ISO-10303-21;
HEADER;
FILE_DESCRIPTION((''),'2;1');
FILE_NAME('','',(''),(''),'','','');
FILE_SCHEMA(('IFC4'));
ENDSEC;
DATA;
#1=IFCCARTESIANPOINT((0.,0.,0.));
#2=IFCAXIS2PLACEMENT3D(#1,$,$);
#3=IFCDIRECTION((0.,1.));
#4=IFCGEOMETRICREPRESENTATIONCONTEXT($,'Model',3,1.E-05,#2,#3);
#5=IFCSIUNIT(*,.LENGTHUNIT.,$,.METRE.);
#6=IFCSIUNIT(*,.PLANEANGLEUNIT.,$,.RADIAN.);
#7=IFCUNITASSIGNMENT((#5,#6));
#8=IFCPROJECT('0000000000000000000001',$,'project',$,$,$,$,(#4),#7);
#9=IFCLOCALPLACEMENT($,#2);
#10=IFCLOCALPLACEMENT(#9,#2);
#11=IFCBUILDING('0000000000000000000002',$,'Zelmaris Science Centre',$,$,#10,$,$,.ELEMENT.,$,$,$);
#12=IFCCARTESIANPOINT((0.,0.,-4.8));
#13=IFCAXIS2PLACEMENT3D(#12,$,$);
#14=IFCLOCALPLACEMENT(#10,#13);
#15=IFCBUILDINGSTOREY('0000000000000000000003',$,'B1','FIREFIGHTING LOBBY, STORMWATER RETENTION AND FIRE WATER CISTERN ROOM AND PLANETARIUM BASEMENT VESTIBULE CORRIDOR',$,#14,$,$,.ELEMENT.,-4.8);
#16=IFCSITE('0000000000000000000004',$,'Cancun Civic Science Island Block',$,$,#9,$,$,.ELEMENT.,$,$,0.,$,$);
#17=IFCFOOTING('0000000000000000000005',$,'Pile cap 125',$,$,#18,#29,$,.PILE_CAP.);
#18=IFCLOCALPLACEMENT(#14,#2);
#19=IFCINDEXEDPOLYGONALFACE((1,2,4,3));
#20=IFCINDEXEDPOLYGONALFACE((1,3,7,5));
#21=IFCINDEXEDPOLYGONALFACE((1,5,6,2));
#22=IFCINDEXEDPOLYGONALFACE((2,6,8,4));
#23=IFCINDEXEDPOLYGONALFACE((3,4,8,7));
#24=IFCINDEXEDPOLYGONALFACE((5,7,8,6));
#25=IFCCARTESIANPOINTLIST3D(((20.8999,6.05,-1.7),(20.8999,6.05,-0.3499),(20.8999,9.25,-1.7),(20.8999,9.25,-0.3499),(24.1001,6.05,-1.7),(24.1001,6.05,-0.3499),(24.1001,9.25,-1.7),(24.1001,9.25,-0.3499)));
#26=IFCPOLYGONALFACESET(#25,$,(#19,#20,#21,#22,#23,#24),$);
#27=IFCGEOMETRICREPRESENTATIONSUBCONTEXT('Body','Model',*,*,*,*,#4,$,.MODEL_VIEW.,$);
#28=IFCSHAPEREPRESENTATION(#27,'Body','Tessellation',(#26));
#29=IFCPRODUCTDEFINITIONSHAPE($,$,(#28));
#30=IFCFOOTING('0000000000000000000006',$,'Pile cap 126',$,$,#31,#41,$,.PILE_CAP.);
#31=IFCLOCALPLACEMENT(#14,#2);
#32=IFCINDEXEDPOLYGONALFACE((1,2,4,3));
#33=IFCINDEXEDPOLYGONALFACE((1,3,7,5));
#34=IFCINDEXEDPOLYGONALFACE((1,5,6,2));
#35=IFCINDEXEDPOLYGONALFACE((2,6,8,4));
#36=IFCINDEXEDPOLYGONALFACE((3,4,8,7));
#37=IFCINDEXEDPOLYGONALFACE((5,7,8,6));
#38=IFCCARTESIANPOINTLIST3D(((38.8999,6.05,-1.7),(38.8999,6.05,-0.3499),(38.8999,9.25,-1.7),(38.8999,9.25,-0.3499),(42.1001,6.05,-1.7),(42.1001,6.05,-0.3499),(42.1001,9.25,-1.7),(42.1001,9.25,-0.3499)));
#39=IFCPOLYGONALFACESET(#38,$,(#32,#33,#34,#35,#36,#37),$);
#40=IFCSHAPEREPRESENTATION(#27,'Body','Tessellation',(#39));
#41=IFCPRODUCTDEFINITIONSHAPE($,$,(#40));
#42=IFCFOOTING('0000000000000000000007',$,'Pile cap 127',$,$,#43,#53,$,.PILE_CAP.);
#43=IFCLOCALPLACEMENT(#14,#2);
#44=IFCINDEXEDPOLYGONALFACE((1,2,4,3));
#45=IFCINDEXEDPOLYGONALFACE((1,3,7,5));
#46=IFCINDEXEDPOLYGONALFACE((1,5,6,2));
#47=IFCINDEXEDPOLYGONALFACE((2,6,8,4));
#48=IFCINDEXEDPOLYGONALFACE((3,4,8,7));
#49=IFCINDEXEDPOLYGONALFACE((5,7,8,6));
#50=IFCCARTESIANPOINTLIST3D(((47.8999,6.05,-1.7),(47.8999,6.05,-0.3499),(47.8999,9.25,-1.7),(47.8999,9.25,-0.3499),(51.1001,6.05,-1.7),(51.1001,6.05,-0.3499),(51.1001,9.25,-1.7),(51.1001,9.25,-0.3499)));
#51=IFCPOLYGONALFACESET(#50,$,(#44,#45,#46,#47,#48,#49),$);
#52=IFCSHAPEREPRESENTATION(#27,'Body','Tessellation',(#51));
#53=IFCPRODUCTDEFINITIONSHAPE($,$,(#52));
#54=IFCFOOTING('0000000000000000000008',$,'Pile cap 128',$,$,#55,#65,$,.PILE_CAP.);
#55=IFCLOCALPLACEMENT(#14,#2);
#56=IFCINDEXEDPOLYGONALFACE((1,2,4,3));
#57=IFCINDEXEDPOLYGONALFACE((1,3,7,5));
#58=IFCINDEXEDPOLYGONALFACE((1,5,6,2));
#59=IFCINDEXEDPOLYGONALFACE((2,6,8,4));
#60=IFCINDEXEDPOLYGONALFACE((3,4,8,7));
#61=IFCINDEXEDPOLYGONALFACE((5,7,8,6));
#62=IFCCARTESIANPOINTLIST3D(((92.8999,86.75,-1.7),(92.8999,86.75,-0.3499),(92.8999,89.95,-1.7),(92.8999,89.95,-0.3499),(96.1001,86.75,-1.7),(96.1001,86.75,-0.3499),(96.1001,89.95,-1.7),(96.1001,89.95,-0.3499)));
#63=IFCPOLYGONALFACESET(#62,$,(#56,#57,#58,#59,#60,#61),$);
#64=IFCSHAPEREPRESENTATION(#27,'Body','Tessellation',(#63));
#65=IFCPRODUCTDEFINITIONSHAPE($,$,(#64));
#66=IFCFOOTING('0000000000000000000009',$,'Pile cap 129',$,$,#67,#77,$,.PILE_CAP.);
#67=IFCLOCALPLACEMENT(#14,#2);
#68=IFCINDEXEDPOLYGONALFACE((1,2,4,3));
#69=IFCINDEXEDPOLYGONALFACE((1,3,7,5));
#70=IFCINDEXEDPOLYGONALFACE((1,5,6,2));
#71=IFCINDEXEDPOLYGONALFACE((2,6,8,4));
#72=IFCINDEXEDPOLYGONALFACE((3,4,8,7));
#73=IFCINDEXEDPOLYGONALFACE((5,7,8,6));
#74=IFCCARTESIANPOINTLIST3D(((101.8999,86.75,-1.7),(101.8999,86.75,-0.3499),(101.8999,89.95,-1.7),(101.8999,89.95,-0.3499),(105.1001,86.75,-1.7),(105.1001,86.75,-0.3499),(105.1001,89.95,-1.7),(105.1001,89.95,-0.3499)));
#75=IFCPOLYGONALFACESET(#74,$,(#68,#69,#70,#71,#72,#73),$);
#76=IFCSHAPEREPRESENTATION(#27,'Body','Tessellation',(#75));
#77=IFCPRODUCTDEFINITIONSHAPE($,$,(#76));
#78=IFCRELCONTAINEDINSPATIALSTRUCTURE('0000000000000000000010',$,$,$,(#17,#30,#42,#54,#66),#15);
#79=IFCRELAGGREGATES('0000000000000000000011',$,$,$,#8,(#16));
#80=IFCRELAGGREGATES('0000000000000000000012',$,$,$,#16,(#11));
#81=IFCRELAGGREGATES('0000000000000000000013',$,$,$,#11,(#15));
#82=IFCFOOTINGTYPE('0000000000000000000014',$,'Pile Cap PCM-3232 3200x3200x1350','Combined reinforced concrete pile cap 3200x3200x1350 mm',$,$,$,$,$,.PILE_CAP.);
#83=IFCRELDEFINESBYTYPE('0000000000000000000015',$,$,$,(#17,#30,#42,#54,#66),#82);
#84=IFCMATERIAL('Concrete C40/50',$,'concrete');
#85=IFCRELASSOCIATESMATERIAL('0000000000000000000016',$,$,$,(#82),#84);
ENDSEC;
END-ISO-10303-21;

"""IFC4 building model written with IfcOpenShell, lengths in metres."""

from ifc_helpers import new_model, si_unit, direction, frame, origin, place, context, subcontext, project, spatial, polyline, outline, extrude, material, type_object, element, save


model = new_model("IFC4")

# Units and contexts
model_context = context("Model", 3, precision=1e-05, world=origin(), true_north=direction((0.0, 1.0)))
body_context = subcontext(model_context, "Body", "Model", "MODEL_VIEW")
ifc_project = project(units=[si_unit("LENGTHUNIT", "METRE"), si_unit("PLANEANGLEUNIT", "RADIAN")], contexts=[model_context])

# Site, building, storey
site_placement = place(None, origin())
site = spatial("IfcSite", under=ifc_project, at=site_placement, Name="Cancun Civic Science Island Block", CompositionType="ELEMENT", RefElevation=0.0)
building_placement = place(site_placement, origin())
building = spatial("IfcBuilding", under=site, at=building_placement, Name="Zelmaris Science Centre", CompositionType="ELEMENT")
storey_placement = place(building_placement, frame((0.0, 0.0, -4.8)))
storey = spatial("IfcBuildingStorey", under=building, at=storey_placement, Name="B1", Description="FIREFIGHTING LOBBY, STORMWATER RETENTION AND FIRE WATER CISTERN ROOM AND PLANETARIUM BASEMENT VESTIBULE CORRIDOR", CompositionType="ELEMENT", Elevation=-4.8)

# Footings
ifc_material = material(Name="Concrete C40/50", Category="concrete")
footing_type_1 = type_object("IfcFootingType", Name="Pile Cap PCM-3232 3200x3200x1350", Description="Combined reinforced concrete pile cap 3200x3200x1350 mm", PredefinedType="PILE_CAP", material=ifc_material)
footing_1_placement = place(storey_placement, frame((0.0, 0.0, -1.7)))
element("IfcFooting", 1, at=footing_1_placement, inside=storey, type_object=footing_type_1, Name="Pile cap 125", PredefinedType="PILE_CAP", context=body_context, shape_type="SweptSolid", body=[
    extrude(outline(polyline([(20.8999, 6.05), (24.1001, 6.05), (24.1001, 9.25), (20.8999, 9.25), (20.8999, 6.05)])), origin(), (0.0, 0.0, 1.0), 1.3501),
])
footing_2_placement = place(storey_placement, frame((0.0, 0.0, -1.7)))
element("IfcFooting", 2, at=footing_2_placement, inside=storey, type_object=footing_type_1, Name="Pile cap 126", PredefinedType="PILE_CAP", context=body_context, shape_type="SweptSolid", body=[
    extrude(outline(polyline([(38.8999, 6.05), (42.1001, 6.05), (42.1001, 9.25), (38.8999, 9.25), (38.8999, 6.05)])), origin(), (0.0, 0.0, 1.0), 1.3501),
])
footing_3_placement = place(storey_placement, frame((0.0, 0.0, -1.7)))
element("IfcFooting", 3, at=footing_3_placement, inside=storey, type_object=footing_type_1, Name="Pile cap 127", PredefinedType="PILE_CAP", context=body_context, shape_type="SweptSolid", body=[
    extrude(outline(polyline([(47.8999, 6.05), (51.1001, 6.05), (51.1001, 9.25), (47.8999, 9.25), (47.8999, 6.05)])), origin(), (0.0, 0.0, 1.0), 1.3501),
])
footing_4_placement = place(storey_placement, frame((0.0, 0.0, -1.7)))
element("IfcFooting", 4, at=footing_4_placement, inside=storey, type_object=footing_type_1, Name="Pile cap 128", PredefinedType="PILE_CAP", context=body_context, shape_type="SweptSolid", body=[
    extrude(outline(polyline([(92.8999, 86.75), (96.1001, 86.75), (96.1001, 89.95), (92.8999, 89.95), (92.8999, 86.75)])), origin(), (0.0, 0.0, 1.0), 1.3501),
])
footing_5_placement = place(storey_placement, frame((0.0, 0.0, -1.7)))
element("IfcFooting", 5, at=footing_5_placement, inside=storey, type_object=footing_type_1, Name="Pile cap 129", PredefinedType="PILE_CAP", context=body_context, shape_type="SweptSolid", body=[
    extrude(outline(polyline([(101.8999, 86.75), (105.1001, 86.75), (105.1001, 89.95), (101.8999, 89.95), (101.8999, 86.75)])), origin(), (0.0, 0.0, 1.0), 1.3501),
])

save(model, "model.ifc")
